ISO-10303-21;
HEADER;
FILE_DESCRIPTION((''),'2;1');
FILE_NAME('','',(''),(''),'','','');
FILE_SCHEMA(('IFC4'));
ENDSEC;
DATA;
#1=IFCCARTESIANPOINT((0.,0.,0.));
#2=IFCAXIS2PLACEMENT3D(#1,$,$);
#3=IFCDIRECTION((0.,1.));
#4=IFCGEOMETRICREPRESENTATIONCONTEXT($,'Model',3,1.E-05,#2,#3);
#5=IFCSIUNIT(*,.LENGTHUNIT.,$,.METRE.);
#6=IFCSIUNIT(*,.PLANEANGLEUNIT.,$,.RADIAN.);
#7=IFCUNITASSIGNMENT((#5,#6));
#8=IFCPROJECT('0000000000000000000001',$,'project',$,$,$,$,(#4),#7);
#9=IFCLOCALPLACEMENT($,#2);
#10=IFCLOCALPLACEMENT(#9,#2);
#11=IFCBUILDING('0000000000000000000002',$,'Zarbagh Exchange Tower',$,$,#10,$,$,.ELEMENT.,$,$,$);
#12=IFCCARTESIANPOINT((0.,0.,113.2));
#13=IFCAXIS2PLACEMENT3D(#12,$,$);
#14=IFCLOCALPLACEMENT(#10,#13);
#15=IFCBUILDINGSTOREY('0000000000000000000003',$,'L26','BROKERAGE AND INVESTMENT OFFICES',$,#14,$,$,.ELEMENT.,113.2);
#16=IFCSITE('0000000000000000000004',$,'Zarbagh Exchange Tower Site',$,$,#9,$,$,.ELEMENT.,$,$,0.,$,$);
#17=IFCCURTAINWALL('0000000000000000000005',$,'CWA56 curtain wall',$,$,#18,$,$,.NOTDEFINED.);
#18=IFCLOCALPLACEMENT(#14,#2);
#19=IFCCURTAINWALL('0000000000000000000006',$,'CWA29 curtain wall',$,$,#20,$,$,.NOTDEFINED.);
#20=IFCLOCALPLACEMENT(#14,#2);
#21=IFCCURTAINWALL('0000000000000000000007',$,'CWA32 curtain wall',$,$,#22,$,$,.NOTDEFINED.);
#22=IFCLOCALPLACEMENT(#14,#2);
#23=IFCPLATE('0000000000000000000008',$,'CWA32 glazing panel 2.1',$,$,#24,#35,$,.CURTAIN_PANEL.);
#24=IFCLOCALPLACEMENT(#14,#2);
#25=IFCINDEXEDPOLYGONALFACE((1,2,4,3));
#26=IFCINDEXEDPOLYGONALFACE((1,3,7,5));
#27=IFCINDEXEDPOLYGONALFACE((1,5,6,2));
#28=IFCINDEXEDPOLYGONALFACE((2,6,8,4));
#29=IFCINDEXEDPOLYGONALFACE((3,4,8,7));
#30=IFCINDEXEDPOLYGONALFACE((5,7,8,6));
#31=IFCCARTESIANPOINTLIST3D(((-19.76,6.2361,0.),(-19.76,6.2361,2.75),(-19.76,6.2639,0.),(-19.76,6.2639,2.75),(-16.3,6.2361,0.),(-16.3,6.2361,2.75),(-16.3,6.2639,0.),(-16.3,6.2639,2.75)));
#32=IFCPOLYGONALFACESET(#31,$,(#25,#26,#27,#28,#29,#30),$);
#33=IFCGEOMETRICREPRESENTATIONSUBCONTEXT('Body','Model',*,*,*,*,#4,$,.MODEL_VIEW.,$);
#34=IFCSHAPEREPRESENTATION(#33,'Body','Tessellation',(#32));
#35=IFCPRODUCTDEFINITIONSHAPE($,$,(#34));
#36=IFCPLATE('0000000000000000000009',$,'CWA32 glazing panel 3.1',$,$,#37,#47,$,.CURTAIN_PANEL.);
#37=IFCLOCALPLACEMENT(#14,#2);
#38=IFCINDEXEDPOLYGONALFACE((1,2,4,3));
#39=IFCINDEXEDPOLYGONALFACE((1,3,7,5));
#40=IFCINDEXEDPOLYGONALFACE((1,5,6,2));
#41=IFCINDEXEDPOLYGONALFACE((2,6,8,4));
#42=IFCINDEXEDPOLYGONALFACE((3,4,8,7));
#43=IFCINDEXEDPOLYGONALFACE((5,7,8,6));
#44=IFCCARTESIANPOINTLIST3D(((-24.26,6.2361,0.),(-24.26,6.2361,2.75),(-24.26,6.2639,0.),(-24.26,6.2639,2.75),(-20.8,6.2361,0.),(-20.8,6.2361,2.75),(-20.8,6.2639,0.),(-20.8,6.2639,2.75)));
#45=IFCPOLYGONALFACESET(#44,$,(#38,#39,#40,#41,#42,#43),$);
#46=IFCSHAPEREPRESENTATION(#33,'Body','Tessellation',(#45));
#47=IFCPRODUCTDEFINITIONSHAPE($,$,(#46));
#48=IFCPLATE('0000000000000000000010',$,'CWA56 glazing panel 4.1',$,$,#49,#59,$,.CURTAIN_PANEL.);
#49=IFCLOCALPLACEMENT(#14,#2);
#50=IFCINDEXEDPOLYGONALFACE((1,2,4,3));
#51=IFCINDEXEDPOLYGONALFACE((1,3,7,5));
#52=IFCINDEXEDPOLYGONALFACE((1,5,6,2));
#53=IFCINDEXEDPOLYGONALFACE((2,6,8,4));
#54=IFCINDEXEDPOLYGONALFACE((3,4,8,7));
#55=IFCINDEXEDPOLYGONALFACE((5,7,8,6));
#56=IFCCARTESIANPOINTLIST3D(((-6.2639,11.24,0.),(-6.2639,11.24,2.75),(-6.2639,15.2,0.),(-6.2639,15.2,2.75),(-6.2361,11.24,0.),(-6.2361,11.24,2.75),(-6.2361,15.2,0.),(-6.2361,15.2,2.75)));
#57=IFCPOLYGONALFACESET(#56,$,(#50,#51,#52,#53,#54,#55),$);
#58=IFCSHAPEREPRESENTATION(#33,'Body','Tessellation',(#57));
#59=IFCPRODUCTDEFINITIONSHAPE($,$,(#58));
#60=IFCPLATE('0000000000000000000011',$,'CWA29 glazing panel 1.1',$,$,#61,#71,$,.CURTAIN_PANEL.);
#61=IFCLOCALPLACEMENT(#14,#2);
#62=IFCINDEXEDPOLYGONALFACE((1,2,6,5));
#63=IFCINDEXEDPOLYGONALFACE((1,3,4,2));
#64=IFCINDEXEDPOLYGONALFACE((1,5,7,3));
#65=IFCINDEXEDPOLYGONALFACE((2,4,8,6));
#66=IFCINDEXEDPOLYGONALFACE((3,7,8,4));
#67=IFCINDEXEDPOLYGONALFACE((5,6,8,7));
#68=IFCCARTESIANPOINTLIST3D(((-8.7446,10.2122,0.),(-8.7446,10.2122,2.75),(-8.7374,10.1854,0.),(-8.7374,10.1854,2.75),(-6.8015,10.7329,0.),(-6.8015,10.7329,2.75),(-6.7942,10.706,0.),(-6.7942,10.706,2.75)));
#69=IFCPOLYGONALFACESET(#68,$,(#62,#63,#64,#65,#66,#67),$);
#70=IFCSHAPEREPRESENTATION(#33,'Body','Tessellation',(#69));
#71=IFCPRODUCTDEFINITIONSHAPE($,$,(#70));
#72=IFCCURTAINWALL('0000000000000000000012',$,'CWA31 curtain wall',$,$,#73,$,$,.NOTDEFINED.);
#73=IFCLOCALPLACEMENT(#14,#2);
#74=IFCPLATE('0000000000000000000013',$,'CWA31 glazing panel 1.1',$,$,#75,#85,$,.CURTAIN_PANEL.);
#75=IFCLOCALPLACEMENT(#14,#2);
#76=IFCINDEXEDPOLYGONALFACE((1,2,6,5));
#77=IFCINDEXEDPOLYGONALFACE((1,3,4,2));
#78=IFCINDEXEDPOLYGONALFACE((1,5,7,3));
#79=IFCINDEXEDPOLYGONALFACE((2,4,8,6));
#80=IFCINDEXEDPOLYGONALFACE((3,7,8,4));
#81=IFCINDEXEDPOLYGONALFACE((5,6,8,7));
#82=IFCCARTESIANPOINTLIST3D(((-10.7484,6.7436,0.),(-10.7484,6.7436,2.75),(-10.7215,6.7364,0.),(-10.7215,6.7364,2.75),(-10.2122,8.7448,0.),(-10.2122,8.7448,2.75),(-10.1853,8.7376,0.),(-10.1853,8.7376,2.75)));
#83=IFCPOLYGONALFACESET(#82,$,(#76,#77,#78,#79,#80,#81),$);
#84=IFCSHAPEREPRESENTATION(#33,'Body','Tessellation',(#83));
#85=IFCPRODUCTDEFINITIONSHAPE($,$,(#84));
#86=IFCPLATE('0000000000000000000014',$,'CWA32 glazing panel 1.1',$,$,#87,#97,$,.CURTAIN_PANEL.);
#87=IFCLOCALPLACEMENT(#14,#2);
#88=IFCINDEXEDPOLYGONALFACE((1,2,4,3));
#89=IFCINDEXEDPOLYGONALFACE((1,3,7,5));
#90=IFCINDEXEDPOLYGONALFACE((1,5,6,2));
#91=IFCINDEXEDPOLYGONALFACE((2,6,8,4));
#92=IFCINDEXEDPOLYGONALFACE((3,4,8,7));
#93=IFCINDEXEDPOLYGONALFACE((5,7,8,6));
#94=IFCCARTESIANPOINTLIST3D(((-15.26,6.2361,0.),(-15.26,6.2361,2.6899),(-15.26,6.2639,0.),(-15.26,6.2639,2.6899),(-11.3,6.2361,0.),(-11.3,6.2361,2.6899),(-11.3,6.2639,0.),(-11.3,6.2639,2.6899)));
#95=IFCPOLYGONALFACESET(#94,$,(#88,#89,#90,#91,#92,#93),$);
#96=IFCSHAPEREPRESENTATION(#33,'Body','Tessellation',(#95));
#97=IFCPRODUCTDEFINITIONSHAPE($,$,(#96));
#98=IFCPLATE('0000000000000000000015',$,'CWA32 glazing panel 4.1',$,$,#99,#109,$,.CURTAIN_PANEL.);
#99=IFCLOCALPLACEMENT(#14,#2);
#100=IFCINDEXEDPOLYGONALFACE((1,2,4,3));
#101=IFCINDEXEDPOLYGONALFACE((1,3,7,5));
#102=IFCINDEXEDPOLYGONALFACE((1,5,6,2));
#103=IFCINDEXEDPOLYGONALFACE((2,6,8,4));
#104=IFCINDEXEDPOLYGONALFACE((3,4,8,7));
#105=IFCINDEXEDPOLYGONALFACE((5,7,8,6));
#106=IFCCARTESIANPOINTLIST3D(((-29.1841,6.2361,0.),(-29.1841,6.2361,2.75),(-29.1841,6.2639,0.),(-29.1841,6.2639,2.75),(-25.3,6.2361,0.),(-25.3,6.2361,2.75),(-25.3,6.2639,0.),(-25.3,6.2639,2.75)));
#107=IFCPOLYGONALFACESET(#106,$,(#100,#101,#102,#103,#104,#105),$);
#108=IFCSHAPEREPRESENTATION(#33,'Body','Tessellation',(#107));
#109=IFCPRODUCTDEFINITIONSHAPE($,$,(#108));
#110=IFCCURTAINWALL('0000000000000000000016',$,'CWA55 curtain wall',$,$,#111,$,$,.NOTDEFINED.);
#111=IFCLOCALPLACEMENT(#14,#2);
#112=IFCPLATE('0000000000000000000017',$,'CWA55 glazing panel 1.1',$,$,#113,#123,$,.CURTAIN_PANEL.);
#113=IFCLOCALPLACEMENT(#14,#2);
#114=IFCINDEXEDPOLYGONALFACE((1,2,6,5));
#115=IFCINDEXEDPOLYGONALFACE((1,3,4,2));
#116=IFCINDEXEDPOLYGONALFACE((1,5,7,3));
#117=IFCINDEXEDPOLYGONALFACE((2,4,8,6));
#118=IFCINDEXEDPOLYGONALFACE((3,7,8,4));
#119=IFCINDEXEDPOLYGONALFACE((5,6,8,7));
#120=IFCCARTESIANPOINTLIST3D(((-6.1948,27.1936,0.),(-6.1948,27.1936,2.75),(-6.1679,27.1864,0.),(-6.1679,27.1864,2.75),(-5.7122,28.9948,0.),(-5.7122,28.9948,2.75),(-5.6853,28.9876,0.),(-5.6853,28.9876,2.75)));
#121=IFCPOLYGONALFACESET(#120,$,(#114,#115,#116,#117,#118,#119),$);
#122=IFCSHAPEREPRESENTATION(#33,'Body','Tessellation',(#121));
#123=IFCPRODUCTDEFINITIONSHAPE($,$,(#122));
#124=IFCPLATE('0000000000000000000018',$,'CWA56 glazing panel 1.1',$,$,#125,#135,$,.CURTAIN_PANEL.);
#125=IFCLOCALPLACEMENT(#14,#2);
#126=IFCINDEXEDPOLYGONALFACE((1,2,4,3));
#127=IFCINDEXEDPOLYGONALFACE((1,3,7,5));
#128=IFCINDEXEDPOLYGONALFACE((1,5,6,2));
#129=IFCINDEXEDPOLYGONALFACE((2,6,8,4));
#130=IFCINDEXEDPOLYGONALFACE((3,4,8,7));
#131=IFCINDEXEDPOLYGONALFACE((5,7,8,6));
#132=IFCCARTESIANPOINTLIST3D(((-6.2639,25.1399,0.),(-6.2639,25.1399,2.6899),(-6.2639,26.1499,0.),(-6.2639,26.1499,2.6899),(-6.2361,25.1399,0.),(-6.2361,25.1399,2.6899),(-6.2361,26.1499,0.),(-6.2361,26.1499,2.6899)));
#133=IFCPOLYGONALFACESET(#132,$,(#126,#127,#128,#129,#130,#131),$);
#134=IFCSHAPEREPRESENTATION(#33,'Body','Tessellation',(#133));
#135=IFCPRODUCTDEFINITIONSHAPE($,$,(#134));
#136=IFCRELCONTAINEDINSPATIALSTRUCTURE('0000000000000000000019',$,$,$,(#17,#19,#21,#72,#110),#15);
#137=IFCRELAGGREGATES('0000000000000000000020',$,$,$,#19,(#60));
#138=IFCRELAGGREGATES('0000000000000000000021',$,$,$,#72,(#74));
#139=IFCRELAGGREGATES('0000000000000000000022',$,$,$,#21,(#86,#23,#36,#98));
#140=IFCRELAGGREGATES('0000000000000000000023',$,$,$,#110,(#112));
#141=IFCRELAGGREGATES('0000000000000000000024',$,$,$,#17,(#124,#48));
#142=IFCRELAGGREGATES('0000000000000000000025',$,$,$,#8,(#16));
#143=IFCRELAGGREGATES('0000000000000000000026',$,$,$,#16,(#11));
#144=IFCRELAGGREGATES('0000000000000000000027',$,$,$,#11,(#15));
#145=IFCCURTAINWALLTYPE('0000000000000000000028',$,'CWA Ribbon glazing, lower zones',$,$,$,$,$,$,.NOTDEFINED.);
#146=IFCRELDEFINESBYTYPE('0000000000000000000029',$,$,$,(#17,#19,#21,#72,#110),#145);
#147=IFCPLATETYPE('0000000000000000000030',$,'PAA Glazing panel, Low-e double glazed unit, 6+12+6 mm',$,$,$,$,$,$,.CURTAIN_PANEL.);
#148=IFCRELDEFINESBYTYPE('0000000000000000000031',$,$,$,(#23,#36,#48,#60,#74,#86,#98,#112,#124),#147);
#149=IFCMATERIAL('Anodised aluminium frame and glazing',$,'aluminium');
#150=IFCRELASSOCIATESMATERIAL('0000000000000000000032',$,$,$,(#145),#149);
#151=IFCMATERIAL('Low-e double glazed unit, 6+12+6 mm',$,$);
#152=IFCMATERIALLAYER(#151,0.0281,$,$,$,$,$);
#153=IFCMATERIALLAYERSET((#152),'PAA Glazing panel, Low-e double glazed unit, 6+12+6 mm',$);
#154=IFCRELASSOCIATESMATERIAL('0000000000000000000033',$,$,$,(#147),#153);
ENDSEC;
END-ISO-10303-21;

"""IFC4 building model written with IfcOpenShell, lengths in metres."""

from ifc_helpers import new_model, si_unit, direction, frame, origin, place, context, subcontext, project, spatial, polyline, outline, extrude, source, transform, mapped, material, layer, layer_set, type_object, element, aggregate, save


model = new_model("IFC4")

# Units and contexts
model_context = context("Model", 3, precision=1e-05, world=origin(), true_north=direction((0.0, 1.0)))
body_context = subcontext(model_context, "Body", "Model", "MODEL_VIEW")
ifc_project = project(units=[si_unit("LENGTHUNIT", "METRE"), si_unit("PLANEANGLEUNIT", "RADIAN")], contexts=[model_context])

# Site, building, storey
site_placement = place(None, origin())
site = spatial("IfcSite", under=ifc_project, at=site_placement, Name="Zarbagh Exchange Tower Site", CompositionType="ELEMENT", RefElevation=0.0)
building_placement = place(site_placement, origin())
building = spatial("IfcBuilding", under=site, at=building_placement, Name="Zarbagh Exchange Tower", CompositionType="ELEMENT")
storey_placement = place(building_placement, frame((0.0, 0.0, 113.2)))
storey = spatial("IfcBuildingStorey", under=building, at=storey_placement, Name="L26", Description="BROKERAGE AND INVESTMENT OFFICES", CompositionType="ELEMENT", Elevation=113.2)

# Curtain wall
ifc_material_1 = material(Name="Anodised aluminium frame and glazing", Category="aluminium")
curtain_wall_type = type_object("IfcCurtainWallType", Name="CWA Ribbon glazing, lower zones", PredefinedType="NOTDEFINED", material=ifc_material_1)
curtain_wall_1_placement = place(storey_placement, origin())
curtain_wall_1 = element("IfcCurtainWall", 1, at=curtain_wall_1_placement, inside=storey, type_object=curtain_wall_type, Name="CWA56 curtain wall", PredefinedType="NOTDEFINED")
placement = place(storey_placement, origin())

# Curtain wall
curtain_wall_2_placement = place(storey_placement, origin())
curtain_wall_2 = element("IfcCurtainWall", 2, at=curtain_wall_2_placement, inside=storey, type_object=curtain_wall_type, Name="CWA29 curtain wall", PredefinedType="NOTDEFINED")

# Curtain wall
curtain_wall_3_placement = place(storey_placement, origin())
curtain_wall_3 = element("IfcCurtainWall", 3, at=curtain_wall_3_placement, inside=storey, type_object=curtain_wall_type, Name="CWA32 curtain wall", PredefinedType="NOTDEFINED")

# Shared definitions
ifc_material_2 = material(Name="Low-e double glazed unit, 6+12+6 mm")
ifc_layer = layer(ifc_material_2, 0.0281)
ifc_layer_set = layer_set([ifc_layer], Name="PAA Glazing panel, Low-e double glazed unit, 6+12+6 mm")
plate_type = type_object("IfcPlateType", Name="PAA Glazing panel, Low-e double glazed unit, 6+12+6 mm", PredefinedType="CURTAIN_PANEL", material=ifc_layer_set)

# Plates
shared_shape_1 = source(origin(), body_context, "Body", "SweptSolid", [
    extrude(outline(polyline([(0.0, -0.0139), (3.46, -0.0139), (3.46, 0.0139), (0.0, 0.0139), (0.0, -0.0139)])), origin(), (0.0, 0.0, 1.0), 2.75),
])
plate_1 = element("IfcPlate", 4, at=placement, type_object=plate_type, Name="CWA32 glazing panel 2.1", PredefinedType="CURTAIN_PANEL", context=body_context, shape_type="MappedRepresentation", body=[
    mapped(shared_shape_1, transform((-16.3, 6.25, 0.0), x_axis=(-1.0, 0.0, 0.0), y_axis=(0.0, -1.0, 0.0), z_axis=(0.0, 0.0, 1.0))),
])
plate_2 = element("IfcPlate", 5, at=placement, type_object=plate_type, Name="CWA32 glazing panel 3.1", PredefinedType="CURTAIN_PANEL", context=body_context, shape_type="MappedRepresentation", body=[
    mapped(shared_shape_1, transform((-20.8, 6.25, 0.0), x_axis=(-1.0, 0.0, 0.0), y_axis=(0.0, -1.0, 0.0), z_axis=(0.0, 0.0, 1.0))),
])
shared_shape_2 = source(origin(), body_context, "Body", "SweptSolid", [
    extrude(outline(polyline([(0.0, -0.0139), (3.96, -0.0139), (3.96, 0.0139), (0.0, 0.0139), (0.0, -0.0139)])), origin(), (0.0, 0.0, 1.0), 2.75),
])
plate_3 = element("IfcPlate", 6, at=placement, type_object=plate_type, Name="CWA56 glazing panel 4.1", PredefinedType="CURTAIN_PANEL", context=body_context, shape_type="MappedRepresentation", body=[
    mapped(shared_shape_2, transform((-6.25, 15.2, 0.0), x_axis=(0.0, -1.0, 0.0), y_axis=(1.0, 0.0, 0.0), z_axis=(0.0, 0.0, 1.0))),
])
shared_shape_3 = source(origin(), body_context, "Body", "SweptSolid", [
    extrude(outline(polyline([(0.0, -0.0139), (2.0117, -0.0139), (2.0117, 0.0139), (0.0, 0.0139), (0.0, -0.0139)])), origin(), (0.0, 0.0, 1.0), 2.75),
])
plate_4 = element("IfcPlate", 7, at=placement, type_object=plate_type, Name="CWA29 glazing panel 1.1", PredefinedType="CURTAIN_PANEL", context=body_context, shape_type="MappedRepresentation", body=[
    mapped(shared_shape_3, transform((-6.7979, 10.7195, 0.0), x_axis=(-0.965924, -0.258825, 0.0), y_axis=(0.258825, -0.965924, 0.0), z_axis=(0.0, 0.0, 1.0))),
])
aggregate(curtain_wall_2, [plate_4])

# Curtain wall, plate
curtain_wall_4_placement = place(storey_placement, origin())
curtain_wall_4 = element("IfcCurtainWall", 8, at=curtain_wall_4_placement, inside=storey, type_object=curtain_wall_type, Name="CWA31 curtain wall", PredefinedType="NOTDEFINED")
shared_shape_4 = source(origin(), body_context, "Body", "SweptSolid", [
    extrude(outline(polyline([(0.0, -0.0139), (2.0718, -0.0139), (2.0718, 0.0139), (0.0, 0.0139), (0.0, -0.0139)])), origin(), (0.0, 0.0, 1.0), 2.75),
])
plate_5 = element("IfcPlate", 9, at=placement, type_object=plate_type, Name="CWA31 glazing panel 1.1", PredefinedType="CURTAIN_PANEL", context=body_context, shape_type="MappedRepresentation", body=[
    mapped(shared_shape_4, transform((-10.1987, 8.7412, 0.0), x_axis=(-0.258825, -0.965924, 0.0), y_axis=(0.965924, -0.258825, 0.0), z_axis=(0.0, 0.0, 1.0))),
])
aggregate(curtain_wall_4, [plate_5])

# Plates
shared_shape_5 = source(origin(), body_context, "Body", "SweptSolid", [
    extrude(outline(polyline([(0.0, -0.0139), (3.96, -0.0139), (3.96, 0.0139), (0.0, 0.0139), (0.0, -0.0139)])), origin(), (0.0, 0.0, 1.0), 2.6899),
])
plate_6 = element("IfcPlate", 10, at=placement, type_object=plate_type, Name="CWA32 glazing panel 1.1", PredefinedType="CURTAIN_PANEL", context=body_context, shape_type="MappedRepresentation", body=[
    mapped(shared_shape_5, transform((-11.3, 6.25, 0.0), x_axis=(-1.0, 0.0, 0.0), y_axis=(0.0, -1.0, 0.0), z_axis=(0.0, 0.0, 1.0))),
])
shared_shape_6 = source(origin(), body_context, "Body", "SweptSolid", [
    extrude(outline(polyline([(0.0, -0.0139), (3.884, -0.0139), (3.884, 0.0139), (0.0, 0.0139), (0.0, -0.0139)])), origin(), (0.0, 0.0, 1.0), 2.75),
])
plate_7 = element("IfcPlate", 11, at=placement, type_object=plate_type, Name="CWA32 glazing panel 4.1", PredefinedType="CURTAIN_PANEL", context=body_context, shape_type="MappedRepresentation", body=[
    mapped(shared_shape_6, transform((-25.3, 6.25, 0.0), x_axis=(-1.0, 0.0, 0.0), y_axis=(0.0, -1.0, 0.0), z_axis=(0.0, 0.0, 1.0))),
])
aggregate(curtain_wall_3, [plate_6, plate_1, plate_2, plate_7])

# Curtain wall, plate
curtain_wall_5_placement = place(storey_placement, origin())
curtain_wall_5 = element("IfcCurtainWall", 12, at=curtain_wall_5_placement, inside=storey, type_object=curtain_wall_type, Name="CWA55 curtain wall", PredefinedType="NOTDEFINED")
shared_shape_7 = source(origin(), body_context, "Body", "SweptSolid", [
    extrude(outline(polyline([(0.0, -0.0139), (1.8647, -0.0139), (1.8647, 0.0139), (0.0, 0.0139), (0.0, -0.0139)])), origin(), (0.0, 0.0, 1.0), 2.75),
])
plate_8 = element("IfcPlate", 13, at=placement, type_object=plate_type, Name="CWA55 glazing panel 1.1", PredefinedType="CURTAIN_PANEL", context=body_context, shape_type="MappedRepresentation", body=[
    mapped(shared_shape_7, transform((-5.6987, 28.9912, 0.0), x_axis=(-0.258825, -0.965924, 0.0), y_axis=(0.965924, -0.258825, 0.0), z_axis=(0.0, 0.0, 1.0))),
])
aggregate(curtain_wall_5, [plate_8])

# Plate
shared_shape_8 = source(origin(), body_context, "Body", "SweptSolid", [
    extrude(outline(polyline([(0.0, -0.0139), (1.01, -0.0139), (1.01, 0.0139), (0.0, 0.0139), (0.0, -0.0139)])), origin(), (0.0, 0.0, 1.0), 2.6899),
])
plate_9 = element("IfcPlate", 14, at=placement, type_object=plate_type, Name="CWA56 glazing panel 1.1", PredefinedType="CURTAIN_PANEL", context=body_context, shape_type="MappedRepresentation", body=[
    mapped(shared_shape_8, transform((-6.25, 26.1499, 0.0), x_axis=(0.0, -1.0, 0.0), y_axis=(1.0, 0.0, 0.0), z_axis=(0.0, 0.0, 1.0))),
])
aggregate(curtain_wall_1, [plate_9, plate_3])

save(model, "model.ifc")
